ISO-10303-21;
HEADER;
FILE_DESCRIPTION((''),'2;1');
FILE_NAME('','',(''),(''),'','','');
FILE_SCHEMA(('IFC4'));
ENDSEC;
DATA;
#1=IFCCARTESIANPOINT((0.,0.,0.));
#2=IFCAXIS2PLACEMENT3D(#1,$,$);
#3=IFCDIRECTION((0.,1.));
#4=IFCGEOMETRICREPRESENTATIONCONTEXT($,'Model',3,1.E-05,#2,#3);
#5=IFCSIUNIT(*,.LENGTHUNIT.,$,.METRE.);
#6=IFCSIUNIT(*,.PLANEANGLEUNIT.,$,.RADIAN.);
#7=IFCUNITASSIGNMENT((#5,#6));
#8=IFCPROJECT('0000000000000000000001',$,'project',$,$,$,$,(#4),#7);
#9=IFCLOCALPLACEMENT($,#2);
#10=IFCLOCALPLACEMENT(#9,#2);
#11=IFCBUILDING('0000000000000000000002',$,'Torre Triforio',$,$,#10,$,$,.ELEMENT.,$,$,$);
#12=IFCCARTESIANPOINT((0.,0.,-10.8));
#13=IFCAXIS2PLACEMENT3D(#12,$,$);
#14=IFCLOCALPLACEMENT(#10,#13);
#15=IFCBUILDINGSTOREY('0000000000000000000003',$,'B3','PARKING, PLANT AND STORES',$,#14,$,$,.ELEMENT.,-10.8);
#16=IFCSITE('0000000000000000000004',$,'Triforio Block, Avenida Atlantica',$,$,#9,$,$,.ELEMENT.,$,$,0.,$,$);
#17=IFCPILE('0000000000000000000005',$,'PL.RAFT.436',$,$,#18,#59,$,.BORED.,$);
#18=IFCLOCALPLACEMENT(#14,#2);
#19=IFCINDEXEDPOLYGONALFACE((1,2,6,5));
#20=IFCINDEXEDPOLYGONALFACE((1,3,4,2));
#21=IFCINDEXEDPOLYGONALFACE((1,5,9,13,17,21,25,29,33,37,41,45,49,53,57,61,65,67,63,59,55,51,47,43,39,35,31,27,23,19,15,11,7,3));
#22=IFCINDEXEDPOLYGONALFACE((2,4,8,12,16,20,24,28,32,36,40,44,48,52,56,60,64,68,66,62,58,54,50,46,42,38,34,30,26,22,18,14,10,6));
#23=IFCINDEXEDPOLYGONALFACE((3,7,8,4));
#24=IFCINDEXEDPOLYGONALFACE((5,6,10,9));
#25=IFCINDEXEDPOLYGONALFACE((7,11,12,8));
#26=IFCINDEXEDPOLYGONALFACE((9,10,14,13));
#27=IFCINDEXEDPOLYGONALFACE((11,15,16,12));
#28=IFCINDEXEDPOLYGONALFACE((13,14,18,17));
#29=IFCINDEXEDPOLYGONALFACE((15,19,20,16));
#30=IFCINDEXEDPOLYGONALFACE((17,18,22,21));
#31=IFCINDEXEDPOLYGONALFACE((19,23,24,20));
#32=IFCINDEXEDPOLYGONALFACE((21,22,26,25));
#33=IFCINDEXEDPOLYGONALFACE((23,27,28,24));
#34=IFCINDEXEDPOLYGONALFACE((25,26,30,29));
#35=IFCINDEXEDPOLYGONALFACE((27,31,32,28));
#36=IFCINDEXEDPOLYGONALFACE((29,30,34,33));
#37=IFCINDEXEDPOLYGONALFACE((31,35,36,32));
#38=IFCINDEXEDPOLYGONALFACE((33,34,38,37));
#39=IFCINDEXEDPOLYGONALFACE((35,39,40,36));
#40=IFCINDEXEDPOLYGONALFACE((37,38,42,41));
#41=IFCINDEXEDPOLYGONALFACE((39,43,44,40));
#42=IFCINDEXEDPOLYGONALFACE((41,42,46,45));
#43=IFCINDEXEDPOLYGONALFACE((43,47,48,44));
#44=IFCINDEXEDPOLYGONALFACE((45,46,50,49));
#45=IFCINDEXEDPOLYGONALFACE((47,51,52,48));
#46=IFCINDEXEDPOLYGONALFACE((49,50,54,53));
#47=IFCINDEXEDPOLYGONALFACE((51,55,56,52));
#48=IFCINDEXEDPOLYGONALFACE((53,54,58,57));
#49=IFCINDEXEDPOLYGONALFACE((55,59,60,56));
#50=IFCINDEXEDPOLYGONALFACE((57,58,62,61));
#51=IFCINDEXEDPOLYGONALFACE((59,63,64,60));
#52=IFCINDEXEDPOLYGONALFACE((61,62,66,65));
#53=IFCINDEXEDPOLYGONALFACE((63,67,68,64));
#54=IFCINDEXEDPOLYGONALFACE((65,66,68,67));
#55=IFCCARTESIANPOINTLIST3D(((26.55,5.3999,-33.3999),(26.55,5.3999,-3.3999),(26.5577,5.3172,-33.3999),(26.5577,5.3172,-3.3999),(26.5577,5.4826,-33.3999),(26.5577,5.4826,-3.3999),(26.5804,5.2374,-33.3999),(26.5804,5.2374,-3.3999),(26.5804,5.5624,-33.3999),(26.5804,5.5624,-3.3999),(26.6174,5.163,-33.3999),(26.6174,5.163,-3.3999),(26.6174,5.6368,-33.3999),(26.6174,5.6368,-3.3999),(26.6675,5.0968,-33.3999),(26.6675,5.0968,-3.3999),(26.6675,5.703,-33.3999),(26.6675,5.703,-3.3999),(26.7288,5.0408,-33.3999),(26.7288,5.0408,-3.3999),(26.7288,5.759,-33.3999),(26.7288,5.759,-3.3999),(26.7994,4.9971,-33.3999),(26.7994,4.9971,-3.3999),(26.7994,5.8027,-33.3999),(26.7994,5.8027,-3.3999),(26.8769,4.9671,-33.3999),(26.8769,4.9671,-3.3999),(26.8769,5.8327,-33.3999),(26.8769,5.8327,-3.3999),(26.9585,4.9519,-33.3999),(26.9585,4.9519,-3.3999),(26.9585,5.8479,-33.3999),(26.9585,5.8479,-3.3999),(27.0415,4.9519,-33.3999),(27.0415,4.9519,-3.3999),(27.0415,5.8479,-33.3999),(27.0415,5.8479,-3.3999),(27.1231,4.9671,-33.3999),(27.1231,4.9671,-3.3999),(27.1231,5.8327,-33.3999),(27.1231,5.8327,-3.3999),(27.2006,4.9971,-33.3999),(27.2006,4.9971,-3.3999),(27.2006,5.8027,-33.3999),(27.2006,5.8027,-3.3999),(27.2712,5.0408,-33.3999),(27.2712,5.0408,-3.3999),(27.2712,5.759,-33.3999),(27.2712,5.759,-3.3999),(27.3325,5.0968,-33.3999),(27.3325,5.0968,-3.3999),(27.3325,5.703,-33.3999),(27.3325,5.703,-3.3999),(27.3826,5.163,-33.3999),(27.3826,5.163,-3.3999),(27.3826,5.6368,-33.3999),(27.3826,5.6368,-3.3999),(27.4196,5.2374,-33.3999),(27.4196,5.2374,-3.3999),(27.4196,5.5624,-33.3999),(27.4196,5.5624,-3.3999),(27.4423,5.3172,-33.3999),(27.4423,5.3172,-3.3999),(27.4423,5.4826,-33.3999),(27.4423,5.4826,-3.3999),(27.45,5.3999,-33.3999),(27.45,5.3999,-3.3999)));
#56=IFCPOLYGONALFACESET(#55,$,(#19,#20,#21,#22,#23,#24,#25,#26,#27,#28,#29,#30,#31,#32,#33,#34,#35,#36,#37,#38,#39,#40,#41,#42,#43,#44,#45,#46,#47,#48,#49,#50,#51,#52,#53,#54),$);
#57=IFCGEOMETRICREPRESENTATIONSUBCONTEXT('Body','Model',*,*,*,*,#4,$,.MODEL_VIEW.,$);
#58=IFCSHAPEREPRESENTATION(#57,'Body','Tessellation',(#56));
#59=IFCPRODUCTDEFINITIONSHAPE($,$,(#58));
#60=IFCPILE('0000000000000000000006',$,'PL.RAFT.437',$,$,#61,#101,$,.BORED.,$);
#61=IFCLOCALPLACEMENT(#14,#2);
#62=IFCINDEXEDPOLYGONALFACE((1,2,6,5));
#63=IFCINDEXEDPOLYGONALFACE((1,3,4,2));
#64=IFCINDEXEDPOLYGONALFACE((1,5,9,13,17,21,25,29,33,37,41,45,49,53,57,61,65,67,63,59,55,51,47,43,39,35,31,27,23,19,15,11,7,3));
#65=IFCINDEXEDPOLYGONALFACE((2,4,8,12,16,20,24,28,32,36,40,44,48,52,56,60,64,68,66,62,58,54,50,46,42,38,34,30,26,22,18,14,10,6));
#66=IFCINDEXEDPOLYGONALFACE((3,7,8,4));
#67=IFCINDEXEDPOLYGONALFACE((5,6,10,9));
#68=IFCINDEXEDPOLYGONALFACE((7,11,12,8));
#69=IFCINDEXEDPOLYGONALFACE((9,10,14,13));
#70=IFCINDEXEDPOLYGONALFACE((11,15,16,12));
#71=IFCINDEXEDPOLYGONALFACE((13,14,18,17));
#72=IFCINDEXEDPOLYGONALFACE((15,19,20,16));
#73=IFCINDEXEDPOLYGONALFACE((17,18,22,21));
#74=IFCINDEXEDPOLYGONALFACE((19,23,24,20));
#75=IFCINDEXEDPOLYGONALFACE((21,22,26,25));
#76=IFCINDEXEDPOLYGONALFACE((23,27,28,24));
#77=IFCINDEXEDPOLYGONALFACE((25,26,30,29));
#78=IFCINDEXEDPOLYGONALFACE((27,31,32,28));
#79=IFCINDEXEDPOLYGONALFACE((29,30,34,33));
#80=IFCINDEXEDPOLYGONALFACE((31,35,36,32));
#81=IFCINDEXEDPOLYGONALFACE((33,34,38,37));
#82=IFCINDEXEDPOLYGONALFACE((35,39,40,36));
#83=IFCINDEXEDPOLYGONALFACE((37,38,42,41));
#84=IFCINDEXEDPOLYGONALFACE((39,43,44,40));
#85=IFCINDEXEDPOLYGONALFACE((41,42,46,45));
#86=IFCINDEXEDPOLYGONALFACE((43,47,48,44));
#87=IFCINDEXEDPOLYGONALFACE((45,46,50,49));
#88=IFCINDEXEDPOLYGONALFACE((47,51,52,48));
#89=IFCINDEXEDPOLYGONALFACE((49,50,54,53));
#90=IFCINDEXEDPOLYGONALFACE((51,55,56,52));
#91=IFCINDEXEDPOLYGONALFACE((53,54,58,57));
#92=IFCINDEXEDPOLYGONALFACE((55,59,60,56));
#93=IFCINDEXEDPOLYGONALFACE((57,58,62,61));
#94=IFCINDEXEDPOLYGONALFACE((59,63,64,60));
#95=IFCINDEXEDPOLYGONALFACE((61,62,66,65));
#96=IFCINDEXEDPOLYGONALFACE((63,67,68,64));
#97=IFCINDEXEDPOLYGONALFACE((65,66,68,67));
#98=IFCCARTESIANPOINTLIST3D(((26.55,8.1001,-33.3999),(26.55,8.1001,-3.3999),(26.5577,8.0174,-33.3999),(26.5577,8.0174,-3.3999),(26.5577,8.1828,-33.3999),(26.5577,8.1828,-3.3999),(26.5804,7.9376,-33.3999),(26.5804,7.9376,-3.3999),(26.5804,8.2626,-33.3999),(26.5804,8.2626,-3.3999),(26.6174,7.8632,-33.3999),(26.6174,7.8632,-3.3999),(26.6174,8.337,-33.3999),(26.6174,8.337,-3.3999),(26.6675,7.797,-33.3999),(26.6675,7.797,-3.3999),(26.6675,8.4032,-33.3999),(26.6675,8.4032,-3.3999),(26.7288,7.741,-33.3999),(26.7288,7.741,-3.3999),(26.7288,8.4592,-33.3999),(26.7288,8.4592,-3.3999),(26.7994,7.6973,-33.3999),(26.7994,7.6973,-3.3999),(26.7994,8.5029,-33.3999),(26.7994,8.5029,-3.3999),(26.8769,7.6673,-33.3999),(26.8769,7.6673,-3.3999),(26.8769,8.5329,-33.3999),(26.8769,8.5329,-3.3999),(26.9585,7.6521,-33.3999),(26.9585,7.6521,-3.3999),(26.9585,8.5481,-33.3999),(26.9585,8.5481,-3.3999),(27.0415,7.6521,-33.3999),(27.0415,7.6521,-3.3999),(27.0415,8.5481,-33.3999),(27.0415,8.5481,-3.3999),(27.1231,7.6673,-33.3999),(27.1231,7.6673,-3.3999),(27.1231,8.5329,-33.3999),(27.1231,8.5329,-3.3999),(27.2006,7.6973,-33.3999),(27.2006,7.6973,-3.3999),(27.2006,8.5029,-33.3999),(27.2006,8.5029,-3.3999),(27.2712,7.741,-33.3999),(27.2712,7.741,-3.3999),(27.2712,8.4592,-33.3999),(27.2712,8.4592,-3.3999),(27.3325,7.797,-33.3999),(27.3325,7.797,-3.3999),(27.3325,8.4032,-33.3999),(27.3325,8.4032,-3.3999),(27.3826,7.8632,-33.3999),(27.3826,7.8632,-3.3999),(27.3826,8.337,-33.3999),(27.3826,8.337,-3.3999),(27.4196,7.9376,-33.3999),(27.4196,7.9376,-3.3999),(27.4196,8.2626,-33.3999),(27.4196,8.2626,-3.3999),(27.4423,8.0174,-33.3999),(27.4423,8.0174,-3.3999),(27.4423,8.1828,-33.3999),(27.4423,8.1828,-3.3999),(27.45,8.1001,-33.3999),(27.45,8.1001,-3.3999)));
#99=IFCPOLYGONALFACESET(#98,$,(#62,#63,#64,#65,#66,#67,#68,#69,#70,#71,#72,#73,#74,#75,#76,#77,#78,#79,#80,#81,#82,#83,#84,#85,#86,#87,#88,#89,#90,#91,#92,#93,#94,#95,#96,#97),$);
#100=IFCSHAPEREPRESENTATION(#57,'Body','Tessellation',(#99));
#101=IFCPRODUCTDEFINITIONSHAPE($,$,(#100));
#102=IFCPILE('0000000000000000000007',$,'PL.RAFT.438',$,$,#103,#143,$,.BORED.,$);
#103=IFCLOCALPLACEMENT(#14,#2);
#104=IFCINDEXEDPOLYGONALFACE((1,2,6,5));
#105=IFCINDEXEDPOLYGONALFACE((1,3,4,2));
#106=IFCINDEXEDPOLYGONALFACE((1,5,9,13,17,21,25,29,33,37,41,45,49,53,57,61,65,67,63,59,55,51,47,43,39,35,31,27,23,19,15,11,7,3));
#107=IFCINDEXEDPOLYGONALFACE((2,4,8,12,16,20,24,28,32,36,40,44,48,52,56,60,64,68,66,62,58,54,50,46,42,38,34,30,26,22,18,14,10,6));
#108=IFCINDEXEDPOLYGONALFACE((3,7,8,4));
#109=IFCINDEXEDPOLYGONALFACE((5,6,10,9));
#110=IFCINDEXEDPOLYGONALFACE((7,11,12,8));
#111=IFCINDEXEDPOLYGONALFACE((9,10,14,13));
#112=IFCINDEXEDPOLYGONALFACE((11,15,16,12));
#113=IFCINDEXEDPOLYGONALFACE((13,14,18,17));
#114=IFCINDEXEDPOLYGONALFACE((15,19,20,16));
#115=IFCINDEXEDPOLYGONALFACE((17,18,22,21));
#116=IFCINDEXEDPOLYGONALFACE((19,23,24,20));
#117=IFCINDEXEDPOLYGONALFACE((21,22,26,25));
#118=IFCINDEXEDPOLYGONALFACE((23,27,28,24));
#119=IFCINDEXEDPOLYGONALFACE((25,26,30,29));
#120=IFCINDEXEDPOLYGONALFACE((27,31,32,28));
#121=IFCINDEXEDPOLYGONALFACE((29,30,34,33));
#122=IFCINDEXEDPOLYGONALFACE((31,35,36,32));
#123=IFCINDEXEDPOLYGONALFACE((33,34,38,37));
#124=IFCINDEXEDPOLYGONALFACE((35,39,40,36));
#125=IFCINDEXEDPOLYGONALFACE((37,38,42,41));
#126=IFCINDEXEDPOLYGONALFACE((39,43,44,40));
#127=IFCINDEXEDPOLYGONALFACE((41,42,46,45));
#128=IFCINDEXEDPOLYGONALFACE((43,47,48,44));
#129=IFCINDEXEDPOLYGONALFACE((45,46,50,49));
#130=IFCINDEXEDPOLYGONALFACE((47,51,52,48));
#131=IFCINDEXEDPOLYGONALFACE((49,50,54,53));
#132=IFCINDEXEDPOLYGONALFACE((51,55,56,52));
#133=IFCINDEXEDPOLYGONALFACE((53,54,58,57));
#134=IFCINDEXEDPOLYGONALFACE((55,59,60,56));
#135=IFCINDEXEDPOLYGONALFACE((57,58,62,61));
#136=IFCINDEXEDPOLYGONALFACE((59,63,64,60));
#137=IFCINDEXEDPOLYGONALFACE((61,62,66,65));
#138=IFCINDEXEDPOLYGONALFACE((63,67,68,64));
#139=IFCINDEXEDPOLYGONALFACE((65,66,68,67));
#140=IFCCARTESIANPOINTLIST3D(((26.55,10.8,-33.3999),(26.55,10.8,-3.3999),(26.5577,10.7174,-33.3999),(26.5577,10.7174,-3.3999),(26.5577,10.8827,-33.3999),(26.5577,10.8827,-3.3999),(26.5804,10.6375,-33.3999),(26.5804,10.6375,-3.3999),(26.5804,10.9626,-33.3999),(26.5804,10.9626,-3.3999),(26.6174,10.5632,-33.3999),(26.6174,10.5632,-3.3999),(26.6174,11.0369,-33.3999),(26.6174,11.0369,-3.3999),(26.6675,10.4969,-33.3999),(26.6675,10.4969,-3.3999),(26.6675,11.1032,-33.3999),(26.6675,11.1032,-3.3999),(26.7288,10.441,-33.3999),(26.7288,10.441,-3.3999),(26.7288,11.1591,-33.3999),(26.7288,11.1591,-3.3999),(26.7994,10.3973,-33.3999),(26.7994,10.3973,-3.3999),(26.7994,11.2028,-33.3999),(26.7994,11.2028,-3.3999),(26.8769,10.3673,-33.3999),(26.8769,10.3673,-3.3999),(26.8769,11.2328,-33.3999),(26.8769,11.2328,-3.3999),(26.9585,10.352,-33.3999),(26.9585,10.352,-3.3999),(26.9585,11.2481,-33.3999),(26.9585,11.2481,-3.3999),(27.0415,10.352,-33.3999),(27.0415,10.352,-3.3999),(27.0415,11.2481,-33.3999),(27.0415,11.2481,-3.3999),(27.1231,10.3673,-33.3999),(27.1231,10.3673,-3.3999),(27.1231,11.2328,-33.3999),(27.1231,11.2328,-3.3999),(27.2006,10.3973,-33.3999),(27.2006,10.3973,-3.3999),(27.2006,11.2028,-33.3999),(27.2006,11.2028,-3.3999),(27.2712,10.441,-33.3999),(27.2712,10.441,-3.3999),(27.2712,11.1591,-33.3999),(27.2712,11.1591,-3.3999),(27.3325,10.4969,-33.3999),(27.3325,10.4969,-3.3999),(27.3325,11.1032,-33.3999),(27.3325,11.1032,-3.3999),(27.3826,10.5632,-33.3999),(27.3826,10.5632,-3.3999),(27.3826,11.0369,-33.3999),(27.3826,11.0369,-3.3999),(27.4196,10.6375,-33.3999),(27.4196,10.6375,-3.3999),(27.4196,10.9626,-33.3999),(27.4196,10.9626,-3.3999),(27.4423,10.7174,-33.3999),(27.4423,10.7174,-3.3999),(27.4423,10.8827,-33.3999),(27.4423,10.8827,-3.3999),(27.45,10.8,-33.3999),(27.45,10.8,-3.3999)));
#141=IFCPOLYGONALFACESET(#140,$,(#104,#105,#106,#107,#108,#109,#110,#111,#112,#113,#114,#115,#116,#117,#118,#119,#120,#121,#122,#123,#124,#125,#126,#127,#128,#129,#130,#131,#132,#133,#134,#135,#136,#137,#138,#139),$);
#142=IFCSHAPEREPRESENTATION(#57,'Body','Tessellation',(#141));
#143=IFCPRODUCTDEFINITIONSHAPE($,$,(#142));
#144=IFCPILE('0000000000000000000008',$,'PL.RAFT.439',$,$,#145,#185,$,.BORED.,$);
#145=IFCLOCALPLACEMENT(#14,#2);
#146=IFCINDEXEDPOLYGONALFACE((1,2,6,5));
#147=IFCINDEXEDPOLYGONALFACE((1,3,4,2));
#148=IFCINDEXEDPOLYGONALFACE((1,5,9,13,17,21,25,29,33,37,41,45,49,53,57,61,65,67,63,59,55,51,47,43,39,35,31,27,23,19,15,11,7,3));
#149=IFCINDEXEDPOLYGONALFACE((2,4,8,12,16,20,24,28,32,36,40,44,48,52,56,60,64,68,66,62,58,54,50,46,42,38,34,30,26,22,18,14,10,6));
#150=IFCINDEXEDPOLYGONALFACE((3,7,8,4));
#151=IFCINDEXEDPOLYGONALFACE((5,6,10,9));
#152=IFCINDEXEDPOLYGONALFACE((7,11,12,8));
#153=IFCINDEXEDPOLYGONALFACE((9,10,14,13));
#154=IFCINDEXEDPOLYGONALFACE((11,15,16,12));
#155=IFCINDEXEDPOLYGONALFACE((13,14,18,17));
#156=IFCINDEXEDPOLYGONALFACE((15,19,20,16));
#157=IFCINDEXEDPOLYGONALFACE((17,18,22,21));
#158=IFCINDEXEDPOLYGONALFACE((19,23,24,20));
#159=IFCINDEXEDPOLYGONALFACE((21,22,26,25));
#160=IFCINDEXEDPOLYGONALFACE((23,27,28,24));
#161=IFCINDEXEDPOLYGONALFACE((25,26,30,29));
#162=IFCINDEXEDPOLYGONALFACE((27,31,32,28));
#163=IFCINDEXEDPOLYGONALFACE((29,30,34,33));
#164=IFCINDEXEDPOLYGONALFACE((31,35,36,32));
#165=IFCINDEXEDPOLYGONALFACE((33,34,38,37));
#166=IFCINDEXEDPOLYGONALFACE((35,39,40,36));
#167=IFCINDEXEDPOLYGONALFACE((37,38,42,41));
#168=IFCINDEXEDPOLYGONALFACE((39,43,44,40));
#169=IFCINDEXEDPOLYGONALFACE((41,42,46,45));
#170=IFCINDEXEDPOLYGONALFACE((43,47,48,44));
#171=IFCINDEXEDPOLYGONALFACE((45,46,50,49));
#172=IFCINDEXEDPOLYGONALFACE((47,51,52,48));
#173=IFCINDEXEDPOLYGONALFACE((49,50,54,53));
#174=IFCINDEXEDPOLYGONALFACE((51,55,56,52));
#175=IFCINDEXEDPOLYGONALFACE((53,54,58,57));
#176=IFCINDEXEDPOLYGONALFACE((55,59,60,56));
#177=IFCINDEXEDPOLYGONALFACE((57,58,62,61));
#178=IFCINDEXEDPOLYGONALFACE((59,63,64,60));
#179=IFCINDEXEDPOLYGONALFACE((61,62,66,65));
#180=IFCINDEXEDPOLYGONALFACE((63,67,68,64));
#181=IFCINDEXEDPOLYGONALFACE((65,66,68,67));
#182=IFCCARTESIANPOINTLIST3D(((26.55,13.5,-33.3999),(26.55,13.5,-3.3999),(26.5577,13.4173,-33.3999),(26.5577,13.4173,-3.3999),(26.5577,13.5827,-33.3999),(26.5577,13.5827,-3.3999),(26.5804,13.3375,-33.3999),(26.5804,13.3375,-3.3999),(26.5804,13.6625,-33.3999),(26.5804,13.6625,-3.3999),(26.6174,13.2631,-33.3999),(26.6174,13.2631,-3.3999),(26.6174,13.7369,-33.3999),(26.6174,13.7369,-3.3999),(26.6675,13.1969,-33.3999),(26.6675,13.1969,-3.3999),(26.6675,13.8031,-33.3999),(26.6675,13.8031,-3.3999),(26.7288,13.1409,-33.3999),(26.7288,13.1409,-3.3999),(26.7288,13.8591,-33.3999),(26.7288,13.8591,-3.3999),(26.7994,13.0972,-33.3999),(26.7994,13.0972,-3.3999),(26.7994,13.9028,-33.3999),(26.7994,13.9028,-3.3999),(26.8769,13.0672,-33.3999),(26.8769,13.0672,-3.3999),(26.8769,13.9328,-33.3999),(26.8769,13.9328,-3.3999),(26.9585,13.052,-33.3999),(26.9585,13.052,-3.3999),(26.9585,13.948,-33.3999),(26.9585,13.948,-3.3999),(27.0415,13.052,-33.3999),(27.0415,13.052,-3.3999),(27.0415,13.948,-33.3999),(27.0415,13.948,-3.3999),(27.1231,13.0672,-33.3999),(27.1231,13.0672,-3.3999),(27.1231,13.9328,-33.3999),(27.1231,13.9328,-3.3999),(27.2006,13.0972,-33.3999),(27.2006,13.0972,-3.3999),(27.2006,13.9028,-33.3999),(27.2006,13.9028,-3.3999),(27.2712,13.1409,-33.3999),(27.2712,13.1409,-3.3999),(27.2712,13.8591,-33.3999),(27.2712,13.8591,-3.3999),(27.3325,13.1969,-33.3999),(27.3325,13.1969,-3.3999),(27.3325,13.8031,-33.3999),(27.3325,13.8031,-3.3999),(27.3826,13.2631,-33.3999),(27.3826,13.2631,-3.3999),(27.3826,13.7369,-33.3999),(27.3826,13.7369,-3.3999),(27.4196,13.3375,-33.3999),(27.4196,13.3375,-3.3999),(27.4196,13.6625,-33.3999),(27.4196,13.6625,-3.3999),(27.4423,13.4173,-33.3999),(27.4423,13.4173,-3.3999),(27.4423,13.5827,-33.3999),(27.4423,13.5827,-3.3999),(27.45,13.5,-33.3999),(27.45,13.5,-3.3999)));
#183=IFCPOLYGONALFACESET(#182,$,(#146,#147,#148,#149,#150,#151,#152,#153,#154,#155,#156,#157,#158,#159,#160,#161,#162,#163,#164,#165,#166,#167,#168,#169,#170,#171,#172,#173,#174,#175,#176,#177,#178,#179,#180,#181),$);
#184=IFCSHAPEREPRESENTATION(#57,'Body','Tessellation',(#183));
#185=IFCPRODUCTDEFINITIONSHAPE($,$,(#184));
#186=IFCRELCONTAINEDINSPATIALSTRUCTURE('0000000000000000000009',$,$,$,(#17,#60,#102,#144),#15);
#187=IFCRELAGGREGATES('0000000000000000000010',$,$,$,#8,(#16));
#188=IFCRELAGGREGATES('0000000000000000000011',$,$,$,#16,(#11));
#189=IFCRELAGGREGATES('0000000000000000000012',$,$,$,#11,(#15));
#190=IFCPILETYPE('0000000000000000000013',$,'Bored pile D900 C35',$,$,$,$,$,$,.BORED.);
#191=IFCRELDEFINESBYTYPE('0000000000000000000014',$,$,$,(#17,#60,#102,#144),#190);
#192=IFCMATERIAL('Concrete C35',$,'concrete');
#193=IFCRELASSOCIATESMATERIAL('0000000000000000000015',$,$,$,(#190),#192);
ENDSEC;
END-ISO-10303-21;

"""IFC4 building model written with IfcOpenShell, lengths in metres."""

from ifc_helpers import new_model, si_unit, direction, frame, origin, origin_2d, place, context, subcontext, project, spatial, circle, extrude, material, material_profile, profile_set, type_object, element, save


model = new_model("IFC4")

# Units and contexts
model_context = context("Model", 3, precision=1e-05, world=origin(), true_north=direction((0.0, 1.0)))
body_context = subcontext(model_context, "Body", "Model", "MODEL_VIEW")
ifc_project = project(units=[si_unit("LENGTHUNIT", "METRE"), si_unit("PLANEANGLEUNIT", "RADIAN")], contexts=[model_context])

# Site, building, storey
site_placement = place(None, origin())
site = spatial("IfcSite", under=ifc_project, at=site_placement, Name="Triforio Block, Avenida Atlantica", CompositionType="ELEMENT", RefElevation=0.0)
building_placement = place(site_placement, origin())
building = spatial("IfcBuilding", under=site, at=building_placement, Name="Torre Triforio", CompositionType="ELEMENT")
storey_placement = place(building_placement, frame((0.0, 0.0, -10.8)))
storey = spatial("IfcBuildingStorey", under=building, at=storey_placement, Name="B3", Description="PARKING, PLANT AND STORES", CompositionType="ELEMENT", Elevation=-10.8)

# Piles
ifc_material_1 = material(Name="Concrete C35", Category="concrete")
ifc_material_profile_1 = material_profile(ifc_material_1, circle(Radius=0.45, at=origin_2d()), Name="RC D900")
ifc_profile_set_1 = profile_set([ifc_material_profile_1], Name="Concrete C35")
pile_type = type_object("IfcPileType", Name="Bored pile D900 C35", PredefinedType="BORED", material=ifc_profile_set_1)
for number, where, z_axis, x_axis, name in (
    (1, (27.0, 5.3999, -3.3999), (0.0, 0.0, -1.0), (1.0, 0.0, 0.0), "PL.RAFT.436"),
    (2, (27.0, 8.1001, -3.3999), (0.0, 0.0, -1.0), (1.0, 0.0, 0.0), "PL.RAFT.437"),
    (3, (27.0, 10.8, -3.3999), (0.0, 0.0, -1.0), (1.0, 0.0, 0.0), "PL.RAFT.438"),
    (4, (27.0, 13.5, -3.3999), (0.0, 0.0, -1.0), (1.0, 0.0, 0.0), "PL.RAFT.439"),
):
    element("IfcPile", number, at=place(storey_placement, frame(where, z_axis=z_axis, x_axis=x_axis)), inside=storey, type_object=pile_type, Name=name, PredefinedType="BORED", context=body_context, shape_type="SweptSolid", body=[
        extrude(circle(Radius=0.45, at=origin_2d()), origin(), (0.0, 0.0, 1.0), 30.0),
    ])

save(model, "model.ifc")
